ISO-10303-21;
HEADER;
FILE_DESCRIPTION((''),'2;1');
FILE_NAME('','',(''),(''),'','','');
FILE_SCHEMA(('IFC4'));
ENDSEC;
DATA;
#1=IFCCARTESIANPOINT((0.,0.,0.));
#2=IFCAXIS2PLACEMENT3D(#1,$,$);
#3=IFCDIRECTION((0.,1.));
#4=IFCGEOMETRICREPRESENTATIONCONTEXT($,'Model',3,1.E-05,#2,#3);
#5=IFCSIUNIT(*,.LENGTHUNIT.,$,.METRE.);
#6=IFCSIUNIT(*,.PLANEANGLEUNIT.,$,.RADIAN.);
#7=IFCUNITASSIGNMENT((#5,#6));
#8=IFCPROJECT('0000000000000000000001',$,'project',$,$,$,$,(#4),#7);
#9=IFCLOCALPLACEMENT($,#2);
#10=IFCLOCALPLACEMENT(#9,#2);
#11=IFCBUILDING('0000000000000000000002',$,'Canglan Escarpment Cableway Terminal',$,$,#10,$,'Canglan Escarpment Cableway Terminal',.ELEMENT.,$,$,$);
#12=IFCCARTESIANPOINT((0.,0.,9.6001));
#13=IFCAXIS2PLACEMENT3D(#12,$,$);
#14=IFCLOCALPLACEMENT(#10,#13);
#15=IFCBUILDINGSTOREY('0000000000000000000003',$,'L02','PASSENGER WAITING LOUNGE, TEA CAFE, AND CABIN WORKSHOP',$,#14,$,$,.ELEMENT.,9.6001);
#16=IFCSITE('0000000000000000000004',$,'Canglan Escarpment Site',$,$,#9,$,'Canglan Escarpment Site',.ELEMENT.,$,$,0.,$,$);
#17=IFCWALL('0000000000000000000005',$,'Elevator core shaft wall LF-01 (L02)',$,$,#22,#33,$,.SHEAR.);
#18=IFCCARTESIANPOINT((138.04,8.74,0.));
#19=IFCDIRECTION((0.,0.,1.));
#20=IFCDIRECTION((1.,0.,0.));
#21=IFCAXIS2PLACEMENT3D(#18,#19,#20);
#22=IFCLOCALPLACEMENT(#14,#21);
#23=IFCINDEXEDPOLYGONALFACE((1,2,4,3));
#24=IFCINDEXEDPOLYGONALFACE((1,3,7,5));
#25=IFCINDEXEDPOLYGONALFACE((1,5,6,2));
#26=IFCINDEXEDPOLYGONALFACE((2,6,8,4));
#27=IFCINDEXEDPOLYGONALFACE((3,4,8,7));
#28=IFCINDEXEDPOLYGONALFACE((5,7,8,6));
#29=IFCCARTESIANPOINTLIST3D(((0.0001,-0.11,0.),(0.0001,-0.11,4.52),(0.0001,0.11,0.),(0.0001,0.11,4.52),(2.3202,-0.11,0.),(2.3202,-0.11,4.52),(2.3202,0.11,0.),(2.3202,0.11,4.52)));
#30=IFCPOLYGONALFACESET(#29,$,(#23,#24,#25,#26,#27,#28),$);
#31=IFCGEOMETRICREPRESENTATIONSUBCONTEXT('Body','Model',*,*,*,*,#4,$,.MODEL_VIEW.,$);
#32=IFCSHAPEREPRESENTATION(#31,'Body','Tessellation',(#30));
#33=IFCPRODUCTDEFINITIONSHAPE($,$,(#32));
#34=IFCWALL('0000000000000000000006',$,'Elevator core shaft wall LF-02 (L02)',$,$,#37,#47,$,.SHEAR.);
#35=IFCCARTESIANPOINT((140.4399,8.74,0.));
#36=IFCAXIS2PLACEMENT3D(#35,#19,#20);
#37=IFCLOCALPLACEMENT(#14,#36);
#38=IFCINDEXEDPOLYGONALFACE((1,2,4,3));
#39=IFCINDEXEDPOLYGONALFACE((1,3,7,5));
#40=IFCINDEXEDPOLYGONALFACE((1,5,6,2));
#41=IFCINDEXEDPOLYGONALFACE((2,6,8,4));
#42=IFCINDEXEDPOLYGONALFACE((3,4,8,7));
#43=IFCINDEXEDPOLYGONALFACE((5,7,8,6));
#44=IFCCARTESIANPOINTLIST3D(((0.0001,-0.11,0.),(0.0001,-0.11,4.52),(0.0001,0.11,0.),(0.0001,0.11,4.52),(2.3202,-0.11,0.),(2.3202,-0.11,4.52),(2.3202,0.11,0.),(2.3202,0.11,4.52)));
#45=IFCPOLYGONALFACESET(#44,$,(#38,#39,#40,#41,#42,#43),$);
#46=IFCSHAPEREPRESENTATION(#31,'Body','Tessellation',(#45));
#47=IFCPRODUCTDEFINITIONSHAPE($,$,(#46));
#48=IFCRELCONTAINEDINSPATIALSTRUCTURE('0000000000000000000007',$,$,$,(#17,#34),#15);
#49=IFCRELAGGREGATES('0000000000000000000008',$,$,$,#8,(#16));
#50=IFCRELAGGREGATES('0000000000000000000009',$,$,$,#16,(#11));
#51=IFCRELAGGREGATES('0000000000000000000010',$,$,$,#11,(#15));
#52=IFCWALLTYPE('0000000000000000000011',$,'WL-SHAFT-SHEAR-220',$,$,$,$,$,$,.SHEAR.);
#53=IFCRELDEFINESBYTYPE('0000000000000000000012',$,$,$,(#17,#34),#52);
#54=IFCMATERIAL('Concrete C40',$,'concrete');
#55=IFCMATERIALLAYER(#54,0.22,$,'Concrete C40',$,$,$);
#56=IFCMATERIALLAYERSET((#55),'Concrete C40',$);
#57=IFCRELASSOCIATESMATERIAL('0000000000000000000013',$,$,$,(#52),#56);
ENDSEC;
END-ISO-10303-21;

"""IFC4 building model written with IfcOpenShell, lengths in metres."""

from ifc_helpers import new_model, si_unit, direction, frame, frame_2d, origin, place, context, subcontext, project, spatial, rectangle, extrude, material, layer, layer_set, type_object, element, save


model = new_model("IFC4")

# Units and contexts
model_context = context("Model", 3, precision=1e-05, world=origin(), true_north=direction((0.0, 1.0)))
body_context = subcontext(model_context, "Body", "Model", "MODEL_VIEW")
ifc_project = project(units=[si_unit("LENGTHUNIT", "METRE"), si_unit("PLANEANGLEUNIT", "RADIAN")], contexts=[model_context])

# Site, building, storey
site_placement = place(None, origin())
site = spatial("IfcSite", under=ifc_project, at=site_placement, Name="Canglan Escarpment Site", LongName="Canglan Escarpment Site", CompositionType="ELEMENT", RefElevation=0.0)
building_placement = place(site_placement, origin())
building = spatial("IfcBuilding", under=site, at=building_placement, Name="Canglan Escarpment Cableway Terminal", LongName="Canglan Escarpment Cableway Terminal", CompositionType="ELEMENT")
storey_placement = place(building_placement, frame((0.0, 0.0, 9.6001)))
storey = spatial("IfcBuildingStorey", under=building, at=storey_placement, Name="L02", Description="PASSENGER WAITING LOUNGE, TEA CAFE, AND CABIN WORKSHOP", CompositionType="ELEMENT", Elevation=9.6001)

# Shared definitions
ifc_material_1 = material(Name="Concrete C40", Category="concrete")

# Wall
ifc_layer_1 = layer(ifc_material_1, 0.22, Name="Concrete C40")
ifc_layer_set_1 = layer_set([ifc_layer_1], Name="Concrete C40")
wall_type_1 = type_object("IfcWallType", Name="WL-SHAFT-SHEAR-220", PredefinedType="SHEAR", material=ifc_layer_set_1)
wall_1_placement = place(storey_placement, frame((138.04, 8.74, 0.0), z_axis=(0.0, 0.0, 1.0), x_axis=(1.0, 0.0, 0.0)))
element("IfcWall", 1, at=wall_1_placement, inside=storey, type_object=wall_type_1, Name="Elevator core shaft wall LF-01 (L02)", PredefinedType="SHEAR", context=body_context, shape_type="SweptSolid", body=[
    extrude(rectangle(XDim=2.3201, YDim=0.22, at=frame_2d((1.1602, 0.0))), origin(), (0.0, 0.0, 1.0), 4.52),
])

# Wall
wall_2_placement = place(storey_placement, frame((140.4399, 8.74, 0.0), z_axis=(0.0, 0.0, 1.0), x_axis=(1.0, 0.0, 0.0)))
element("IfcWall", 2, at=wall_2_placement, inside=storey, type_object=wall_type_1, Name="Elevator core shaft wall LF-02 (L02)", PredefinedType="SHEAR", context=body_context, shape_type="SweptSolid", body=[
    extrude(rectangle(XDim=2.3201, YDim=0.22, at=frame_2d((1.1602, 0.0))), origin(), (0.0, 0.0, 1.0), 4.52),
])

save(model, "model.ifc")
